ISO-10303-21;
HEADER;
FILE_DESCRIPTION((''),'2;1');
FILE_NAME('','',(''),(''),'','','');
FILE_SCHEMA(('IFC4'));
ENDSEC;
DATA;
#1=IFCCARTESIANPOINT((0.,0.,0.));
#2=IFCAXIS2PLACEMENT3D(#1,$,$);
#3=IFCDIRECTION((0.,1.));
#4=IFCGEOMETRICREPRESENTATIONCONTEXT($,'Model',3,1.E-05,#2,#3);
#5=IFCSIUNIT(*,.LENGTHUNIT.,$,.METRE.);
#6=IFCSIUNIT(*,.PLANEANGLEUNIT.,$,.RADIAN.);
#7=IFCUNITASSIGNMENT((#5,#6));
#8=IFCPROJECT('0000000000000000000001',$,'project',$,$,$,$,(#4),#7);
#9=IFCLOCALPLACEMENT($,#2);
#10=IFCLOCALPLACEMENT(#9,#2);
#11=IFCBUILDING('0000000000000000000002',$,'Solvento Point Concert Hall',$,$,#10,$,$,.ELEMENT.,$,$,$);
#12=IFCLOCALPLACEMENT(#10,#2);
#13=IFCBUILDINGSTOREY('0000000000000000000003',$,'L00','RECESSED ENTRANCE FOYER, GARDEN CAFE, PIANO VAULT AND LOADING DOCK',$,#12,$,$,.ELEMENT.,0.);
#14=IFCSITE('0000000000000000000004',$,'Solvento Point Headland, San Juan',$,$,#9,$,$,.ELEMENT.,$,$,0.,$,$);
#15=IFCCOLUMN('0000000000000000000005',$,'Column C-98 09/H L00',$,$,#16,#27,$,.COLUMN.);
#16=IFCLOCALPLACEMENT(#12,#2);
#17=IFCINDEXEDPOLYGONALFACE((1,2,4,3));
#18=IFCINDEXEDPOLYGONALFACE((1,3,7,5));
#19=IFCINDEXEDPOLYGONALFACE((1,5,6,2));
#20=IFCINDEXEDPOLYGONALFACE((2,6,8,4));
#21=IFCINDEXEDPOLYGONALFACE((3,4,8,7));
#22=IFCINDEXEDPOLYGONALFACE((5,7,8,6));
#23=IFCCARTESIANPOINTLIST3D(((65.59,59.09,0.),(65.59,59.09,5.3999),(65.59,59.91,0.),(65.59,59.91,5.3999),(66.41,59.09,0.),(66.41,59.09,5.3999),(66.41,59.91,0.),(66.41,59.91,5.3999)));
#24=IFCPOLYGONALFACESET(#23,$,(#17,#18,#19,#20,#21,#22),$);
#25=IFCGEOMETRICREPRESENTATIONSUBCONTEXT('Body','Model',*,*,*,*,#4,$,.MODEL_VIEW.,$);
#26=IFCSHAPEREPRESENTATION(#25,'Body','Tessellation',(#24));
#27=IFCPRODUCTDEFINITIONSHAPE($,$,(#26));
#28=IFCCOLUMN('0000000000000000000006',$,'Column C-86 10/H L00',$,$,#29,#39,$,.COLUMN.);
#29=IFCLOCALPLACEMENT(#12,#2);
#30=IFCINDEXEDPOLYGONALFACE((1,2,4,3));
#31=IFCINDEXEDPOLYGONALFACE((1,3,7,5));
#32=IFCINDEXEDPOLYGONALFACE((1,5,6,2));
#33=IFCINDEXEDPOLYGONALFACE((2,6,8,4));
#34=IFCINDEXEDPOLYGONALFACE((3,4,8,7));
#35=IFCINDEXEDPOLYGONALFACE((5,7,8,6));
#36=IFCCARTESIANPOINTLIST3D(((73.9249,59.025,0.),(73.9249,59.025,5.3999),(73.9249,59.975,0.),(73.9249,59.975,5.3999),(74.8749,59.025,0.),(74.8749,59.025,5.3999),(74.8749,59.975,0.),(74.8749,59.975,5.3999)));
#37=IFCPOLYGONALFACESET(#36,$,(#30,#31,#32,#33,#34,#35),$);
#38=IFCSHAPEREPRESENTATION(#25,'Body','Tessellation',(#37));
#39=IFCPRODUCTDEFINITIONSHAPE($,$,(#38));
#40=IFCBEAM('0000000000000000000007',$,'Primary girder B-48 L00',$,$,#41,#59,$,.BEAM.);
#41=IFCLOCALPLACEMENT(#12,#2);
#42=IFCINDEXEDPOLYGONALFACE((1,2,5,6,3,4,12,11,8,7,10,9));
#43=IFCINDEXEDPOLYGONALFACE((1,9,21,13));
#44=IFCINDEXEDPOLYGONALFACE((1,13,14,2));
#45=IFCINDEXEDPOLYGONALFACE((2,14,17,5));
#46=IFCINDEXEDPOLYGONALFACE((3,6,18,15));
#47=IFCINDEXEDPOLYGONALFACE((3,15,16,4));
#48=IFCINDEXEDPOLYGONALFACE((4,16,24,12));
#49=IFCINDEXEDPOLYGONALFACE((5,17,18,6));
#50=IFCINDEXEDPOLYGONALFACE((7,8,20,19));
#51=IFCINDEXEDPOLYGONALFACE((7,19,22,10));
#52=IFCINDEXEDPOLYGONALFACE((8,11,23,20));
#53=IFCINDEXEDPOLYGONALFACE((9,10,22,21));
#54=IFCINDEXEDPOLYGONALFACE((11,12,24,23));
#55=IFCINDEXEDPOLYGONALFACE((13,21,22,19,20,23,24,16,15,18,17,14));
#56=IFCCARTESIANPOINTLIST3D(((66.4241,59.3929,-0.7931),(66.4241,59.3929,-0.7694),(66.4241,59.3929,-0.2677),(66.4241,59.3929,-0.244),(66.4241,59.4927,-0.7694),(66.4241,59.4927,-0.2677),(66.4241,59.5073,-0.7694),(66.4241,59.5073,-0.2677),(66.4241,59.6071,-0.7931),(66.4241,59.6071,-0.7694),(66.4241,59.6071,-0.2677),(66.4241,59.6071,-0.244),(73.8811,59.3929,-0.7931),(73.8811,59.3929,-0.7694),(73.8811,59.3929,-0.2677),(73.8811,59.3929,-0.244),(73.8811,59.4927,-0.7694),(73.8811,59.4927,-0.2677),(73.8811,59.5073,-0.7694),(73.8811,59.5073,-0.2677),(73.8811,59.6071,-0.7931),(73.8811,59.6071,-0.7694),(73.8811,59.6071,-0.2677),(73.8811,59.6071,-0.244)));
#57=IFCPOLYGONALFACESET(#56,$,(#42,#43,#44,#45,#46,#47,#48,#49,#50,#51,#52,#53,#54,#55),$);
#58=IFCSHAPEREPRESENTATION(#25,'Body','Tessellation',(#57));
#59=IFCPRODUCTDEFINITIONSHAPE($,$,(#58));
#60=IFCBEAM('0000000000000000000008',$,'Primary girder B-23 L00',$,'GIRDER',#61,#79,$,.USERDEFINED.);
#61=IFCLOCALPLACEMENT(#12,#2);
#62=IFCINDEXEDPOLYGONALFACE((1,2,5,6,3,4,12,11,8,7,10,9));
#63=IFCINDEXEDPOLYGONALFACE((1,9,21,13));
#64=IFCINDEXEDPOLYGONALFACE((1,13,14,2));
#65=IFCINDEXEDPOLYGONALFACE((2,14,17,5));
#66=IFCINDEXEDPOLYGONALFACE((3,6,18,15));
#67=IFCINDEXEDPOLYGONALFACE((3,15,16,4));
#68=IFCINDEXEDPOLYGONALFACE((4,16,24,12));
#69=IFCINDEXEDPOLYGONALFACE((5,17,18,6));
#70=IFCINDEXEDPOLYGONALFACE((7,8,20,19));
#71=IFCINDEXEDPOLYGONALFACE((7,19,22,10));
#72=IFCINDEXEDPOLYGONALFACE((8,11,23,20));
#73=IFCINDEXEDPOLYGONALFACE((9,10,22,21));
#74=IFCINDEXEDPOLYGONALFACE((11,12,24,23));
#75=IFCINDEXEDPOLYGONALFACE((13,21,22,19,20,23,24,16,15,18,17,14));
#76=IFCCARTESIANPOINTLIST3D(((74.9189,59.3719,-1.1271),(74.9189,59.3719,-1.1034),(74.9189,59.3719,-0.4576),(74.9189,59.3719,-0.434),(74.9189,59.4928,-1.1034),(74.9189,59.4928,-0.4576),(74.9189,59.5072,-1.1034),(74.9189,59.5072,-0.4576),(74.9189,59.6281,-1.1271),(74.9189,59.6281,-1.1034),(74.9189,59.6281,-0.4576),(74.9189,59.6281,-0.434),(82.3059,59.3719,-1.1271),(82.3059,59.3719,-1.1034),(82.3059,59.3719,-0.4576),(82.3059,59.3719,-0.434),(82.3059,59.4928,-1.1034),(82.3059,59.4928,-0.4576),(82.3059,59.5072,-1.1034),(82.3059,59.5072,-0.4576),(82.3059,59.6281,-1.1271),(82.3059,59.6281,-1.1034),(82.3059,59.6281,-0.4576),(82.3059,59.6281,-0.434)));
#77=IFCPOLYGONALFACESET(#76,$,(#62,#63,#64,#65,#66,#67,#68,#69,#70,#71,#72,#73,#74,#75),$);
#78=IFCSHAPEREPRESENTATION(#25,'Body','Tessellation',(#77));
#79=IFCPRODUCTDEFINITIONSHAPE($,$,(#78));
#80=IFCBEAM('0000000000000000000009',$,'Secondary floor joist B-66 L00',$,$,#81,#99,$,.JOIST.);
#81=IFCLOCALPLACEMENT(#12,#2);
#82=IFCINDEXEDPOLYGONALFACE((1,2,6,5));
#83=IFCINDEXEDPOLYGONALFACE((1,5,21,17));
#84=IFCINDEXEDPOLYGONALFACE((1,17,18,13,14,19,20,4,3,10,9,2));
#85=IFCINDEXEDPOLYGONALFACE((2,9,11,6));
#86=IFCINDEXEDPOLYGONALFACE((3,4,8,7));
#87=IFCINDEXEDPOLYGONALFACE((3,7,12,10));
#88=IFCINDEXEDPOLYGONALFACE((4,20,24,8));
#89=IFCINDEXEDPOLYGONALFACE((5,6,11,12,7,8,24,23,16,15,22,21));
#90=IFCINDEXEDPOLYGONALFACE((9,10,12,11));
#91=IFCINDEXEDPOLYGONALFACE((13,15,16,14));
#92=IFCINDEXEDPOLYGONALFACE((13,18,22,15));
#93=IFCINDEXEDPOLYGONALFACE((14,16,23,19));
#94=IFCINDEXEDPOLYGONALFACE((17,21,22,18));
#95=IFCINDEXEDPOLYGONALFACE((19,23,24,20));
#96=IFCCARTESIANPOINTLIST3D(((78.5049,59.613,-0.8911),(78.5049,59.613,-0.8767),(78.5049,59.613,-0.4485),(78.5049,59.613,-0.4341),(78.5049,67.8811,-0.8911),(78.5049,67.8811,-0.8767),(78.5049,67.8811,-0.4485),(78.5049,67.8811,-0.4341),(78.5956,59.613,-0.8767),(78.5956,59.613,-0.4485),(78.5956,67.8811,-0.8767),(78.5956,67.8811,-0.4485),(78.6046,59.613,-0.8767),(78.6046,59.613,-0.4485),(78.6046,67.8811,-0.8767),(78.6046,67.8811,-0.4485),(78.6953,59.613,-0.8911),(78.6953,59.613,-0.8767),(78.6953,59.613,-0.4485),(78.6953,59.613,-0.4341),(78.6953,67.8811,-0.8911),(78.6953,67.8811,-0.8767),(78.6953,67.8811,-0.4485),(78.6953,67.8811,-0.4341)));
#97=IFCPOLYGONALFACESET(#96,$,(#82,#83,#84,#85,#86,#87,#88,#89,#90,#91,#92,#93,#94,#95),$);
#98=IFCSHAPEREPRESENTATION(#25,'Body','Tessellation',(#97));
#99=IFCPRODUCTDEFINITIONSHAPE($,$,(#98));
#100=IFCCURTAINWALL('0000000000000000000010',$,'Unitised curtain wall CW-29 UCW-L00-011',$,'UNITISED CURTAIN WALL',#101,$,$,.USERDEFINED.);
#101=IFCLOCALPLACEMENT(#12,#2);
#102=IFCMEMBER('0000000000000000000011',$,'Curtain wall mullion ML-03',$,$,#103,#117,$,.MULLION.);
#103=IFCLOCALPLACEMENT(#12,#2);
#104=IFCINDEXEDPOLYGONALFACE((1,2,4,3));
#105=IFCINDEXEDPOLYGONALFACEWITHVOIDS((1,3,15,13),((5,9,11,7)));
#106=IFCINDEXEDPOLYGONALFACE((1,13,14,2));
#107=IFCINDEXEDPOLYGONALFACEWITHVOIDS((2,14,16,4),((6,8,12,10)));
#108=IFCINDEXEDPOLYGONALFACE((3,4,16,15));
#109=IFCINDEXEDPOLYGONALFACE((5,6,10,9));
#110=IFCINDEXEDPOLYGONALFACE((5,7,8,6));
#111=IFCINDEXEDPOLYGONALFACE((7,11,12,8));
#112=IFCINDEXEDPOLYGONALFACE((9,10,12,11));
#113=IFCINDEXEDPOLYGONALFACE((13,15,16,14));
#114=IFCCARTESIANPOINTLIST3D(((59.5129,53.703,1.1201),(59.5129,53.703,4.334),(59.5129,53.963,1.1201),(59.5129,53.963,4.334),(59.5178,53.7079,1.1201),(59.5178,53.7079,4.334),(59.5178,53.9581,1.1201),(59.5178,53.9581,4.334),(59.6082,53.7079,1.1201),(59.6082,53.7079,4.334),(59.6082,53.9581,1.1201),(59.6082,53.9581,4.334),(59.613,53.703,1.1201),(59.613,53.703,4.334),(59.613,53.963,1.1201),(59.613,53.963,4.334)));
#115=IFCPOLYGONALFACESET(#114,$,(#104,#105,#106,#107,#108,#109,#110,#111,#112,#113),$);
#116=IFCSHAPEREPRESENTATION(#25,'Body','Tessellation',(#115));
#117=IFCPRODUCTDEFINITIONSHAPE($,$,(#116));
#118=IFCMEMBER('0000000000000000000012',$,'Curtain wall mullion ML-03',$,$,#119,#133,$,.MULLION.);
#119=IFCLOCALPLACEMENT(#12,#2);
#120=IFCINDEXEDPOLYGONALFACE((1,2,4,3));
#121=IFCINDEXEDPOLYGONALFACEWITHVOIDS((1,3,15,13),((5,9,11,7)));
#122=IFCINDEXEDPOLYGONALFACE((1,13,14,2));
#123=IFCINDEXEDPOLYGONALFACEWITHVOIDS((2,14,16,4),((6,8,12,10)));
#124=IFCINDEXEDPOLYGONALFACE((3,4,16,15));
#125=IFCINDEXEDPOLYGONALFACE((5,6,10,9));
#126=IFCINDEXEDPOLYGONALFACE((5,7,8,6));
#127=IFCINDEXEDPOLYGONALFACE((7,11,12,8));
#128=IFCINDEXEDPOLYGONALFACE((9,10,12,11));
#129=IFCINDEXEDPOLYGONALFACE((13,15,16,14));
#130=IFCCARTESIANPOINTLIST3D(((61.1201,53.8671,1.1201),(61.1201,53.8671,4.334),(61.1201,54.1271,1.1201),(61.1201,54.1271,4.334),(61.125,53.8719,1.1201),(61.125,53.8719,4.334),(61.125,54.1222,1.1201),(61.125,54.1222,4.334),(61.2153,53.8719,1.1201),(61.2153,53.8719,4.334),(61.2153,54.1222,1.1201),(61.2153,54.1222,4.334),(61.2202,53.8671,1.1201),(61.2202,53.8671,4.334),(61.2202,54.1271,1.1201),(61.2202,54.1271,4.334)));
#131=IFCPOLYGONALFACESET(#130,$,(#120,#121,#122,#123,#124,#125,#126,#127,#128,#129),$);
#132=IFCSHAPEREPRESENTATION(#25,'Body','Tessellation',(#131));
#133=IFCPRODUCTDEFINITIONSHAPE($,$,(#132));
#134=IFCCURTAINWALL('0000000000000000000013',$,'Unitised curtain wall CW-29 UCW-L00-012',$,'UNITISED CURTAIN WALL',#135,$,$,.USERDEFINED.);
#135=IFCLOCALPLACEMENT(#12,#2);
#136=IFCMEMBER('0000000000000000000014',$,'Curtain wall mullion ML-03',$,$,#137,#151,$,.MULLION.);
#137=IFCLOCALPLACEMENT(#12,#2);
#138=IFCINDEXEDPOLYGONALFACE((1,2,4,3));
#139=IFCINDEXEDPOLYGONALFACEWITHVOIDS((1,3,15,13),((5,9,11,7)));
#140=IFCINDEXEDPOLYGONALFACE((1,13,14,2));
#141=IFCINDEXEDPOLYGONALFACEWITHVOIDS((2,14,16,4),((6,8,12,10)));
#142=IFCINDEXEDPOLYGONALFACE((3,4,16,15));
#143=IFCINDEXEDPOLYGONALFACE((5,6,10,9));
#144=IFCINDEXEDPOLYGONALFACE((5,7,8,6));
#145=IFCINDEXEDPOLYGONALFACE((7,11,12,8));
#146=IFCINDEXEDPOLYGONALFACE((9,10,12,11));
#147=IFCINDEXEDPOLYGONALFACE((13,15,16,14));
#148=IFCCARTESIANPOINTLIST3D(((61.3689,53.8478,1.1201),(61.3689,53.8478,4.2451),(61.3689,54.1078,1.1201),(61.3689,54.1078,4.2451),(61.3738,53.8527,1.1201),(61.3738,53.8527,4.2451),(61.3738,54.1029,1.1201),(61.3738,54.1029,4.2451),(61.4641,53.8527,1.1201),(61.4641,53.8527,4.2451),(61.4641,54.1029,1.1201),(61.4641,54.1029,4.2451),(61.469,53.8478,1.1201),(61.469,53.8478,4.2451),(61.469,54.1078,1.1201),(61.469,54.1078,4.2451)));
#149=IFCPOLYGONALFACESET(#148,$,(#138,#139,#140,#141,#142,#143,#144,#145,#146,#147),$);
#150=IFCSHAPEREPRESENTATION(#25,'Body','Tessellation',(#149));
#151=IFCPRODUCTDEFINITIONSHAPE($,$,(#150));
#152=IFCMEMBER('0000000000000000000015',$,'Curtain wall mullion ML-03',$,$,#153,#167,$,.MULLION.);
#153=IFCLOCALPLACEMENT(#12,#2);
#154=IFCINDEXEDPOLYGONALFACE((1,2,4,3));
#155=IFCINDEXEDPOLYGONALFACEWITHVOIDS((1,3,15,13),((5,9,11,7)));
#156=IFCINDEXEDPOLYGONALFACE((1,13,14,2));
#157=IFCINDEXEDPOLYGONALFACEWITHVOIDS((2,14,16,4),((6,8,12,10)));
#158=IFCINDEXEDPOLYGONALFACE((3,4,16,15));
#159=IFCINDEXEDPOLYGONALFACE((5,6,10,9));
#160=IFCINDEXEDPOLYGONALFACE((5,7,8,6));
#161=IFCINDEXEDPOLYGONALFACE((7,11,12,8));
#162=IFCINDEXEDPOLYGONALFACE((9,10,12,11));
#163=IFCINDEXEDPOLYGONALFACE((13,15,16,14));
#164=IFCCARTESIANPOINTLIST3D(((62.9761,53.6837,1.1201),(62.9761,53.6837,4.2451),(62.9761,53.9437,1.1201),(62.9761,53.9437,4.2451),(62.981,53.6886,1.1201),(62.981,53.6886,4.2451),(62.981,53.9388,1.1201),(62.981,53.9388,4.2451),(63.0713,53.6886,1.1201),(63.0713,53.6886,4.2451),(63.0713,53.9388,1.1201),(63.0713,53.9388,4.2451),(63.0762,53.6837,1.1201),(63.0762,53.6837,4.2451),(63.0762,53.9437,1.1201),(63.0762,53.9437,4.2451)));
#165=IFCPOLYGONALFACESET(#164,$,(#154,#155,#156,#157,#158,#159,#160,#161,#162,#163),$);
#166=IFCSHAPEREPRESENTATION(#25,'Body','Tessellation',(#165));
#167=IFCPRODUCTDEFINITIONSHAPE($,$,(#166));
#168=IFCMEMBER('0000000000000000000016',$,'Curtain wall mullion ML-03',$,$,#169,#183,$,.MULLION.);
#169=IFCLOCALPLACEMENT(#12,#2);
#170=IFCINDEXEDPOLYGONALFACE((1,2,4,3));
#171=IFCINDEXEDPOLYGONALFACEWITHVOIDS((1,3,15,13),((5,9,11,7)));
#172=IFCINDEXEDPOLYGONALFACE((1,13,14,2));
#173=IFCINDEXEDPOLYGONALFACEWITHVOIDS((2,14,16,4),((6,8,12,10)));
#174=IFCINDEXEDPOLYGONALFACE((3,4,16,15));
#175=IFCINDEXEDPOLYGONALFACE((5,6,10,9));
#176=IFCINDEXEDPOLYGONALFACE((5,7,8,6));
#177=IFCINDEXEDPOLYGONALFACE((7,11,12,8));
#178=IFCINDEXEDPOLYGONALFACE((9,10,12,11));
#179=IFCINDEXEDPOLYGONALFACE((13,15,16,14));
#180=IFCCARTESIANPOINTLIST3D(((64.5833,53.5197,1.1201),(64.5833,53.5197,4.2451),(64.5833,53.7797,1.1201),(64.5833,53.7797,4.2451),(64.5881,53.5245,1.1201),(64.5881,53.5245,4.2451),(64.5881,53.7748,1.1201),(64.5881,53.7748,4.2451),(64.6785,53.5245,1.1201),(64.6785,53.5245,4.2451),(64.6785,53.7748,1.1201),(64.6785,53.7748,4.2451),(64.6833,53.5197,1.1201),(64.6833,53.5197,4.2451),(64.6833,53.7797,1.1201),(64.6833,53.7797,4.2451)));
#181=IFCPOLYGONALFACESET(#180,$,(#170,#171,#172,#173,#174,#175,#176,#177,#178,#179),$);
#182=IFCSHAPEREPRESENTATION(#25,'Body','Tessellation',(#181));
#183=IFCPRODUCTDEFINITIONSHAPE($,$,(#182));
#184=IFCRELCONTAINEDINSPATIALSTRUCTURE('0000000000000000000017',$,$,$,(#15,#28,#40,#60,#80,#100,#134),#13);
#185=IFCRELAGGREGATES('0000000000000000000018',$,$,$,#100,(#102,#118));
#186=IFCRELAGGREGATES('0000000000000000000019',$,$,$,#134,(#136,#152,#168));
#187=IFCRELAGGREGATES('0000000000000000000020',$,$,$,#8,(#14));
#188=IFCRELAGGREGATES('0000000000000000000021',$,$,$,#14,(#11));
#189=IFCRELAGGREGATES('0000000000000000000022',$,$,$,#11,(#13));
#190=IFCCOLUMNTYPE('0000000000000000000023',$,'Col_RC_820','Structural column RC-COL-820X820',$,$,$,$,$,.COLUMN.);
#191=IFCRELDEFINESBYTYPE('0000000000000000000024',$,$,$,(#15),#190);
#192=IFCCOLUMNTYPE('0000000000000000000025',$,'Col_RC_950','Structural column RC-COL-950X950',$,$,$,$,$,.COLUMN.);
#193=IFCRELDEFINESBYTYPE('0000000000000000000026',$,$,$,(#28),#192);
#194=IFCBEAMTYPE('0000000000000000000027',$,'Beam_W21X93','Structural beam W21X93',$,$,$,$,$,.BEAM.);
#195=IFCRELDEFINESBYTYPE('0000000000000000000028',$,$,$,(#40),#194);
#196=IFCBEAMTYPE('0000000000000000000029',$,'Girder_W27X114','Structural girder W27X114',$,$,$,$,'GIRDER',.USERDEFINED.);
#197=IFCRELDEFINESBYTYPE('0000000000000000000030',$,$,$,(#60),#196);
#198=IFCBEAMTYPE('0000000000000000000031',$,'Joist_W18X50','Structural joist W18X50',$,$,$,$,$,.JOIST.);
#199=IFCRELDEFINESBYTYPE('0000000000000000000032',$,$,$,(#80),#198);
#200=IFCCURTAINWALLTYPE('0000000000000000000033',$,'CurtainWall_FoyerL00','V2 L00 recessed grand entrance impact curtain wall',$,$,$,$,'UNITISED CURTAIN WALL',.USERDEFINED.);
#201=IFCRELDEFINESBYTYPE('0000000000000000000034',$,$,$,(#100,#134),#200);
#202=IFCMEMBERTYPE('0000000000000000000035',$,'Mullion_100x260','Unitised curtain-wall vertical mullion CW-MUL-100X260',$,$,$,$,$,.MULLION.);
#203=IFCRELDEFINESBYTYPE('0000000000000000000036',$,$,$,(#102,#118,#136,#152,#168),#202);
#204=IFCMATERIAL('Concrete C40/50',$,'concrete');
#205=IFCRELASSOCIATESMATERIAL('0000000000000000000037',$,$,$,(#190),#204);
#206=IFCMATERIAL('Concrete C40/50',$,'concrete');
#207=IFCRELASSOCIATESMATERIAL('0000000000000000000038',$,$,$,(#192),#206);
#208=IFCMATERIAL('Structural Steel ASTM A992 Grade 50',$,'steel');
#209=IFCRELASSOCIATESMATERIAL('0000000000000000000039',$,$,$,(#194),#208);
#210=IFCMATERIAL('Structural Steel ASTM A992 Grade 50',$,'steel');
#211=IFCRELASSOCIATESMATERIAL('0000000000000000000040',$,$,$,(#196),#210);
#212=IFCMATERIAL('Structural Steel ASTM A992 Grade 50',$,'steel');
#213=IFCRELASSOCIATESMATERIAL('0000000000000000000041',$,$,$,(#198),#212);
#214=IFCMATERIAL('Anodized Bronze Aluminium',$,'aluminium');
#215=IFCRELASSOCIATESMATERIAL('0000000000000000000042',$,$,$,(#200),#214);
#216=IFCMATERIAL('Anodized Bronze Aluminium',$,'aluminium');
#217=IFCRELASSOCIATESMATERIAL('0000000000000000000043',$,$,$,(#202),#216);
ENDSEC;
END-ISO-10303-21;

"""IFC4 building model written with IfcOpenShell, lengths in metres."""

from ifc_helpers import new_model, si_unit, direction, frame, origin, origin_2d, place, context, subcontext, project, spatial, rectangle, hollow_rectangle, i_section, extrude, material, material_profile, profile_set, type_object, element, aggregate, save


model = new_model("IFC4")

# Units and contexts
model_context = context("Model", 3, precision=1e-05, world=origin(), true_north=direction((0.0, 1.0)))
body_context = subcontext(model_context, "Body", "Model", "MODEL_VIEW")
ifc_project = project(units=[si_unit("LENGTHUNIT", "METRE"), si_unit("PLANEANGLEUNIT", "RADIAN")], contexts=[model_context])

# Site, building, storey
site_placement = place(None, origin())
site = spatial("IfcSite", under=ifc_project, at=site_placement, Name="Solvento Point Headland, San Juan", CompositionType="ELEMENT", RefElevation=0.0)
building_placement = place(site_placement, origin())
building = spatial("IfcBuilding", under=site, at=building_placement, Name="Solvento Point Concert Hall", CompositionType="ELEMENT")
storey_placement = place(building_placement, origin())
storey = spatial("IfcBuildingStorey", under=building, at=storey_placement, Name="L00", Description="RECESSED ENTRANCE FOYER, GARDEN CAFE, PIANO VAULT AND LOADING DOCK", CompositionType="ELEMENT", Elevation=0.0)

# Columns
ifc_material_1 = material(Name="Concrete C40/50", Category="concrete")
ifc_material_profile_1 = material_profile(ifc_material_1, rectangle(XDim=0.8201, YDim=0.8201, at=origin_2d()), Name="RC-COL-820X820")
ifc_profile_set_1 = profile_set([ifc_material_profile_1], Name="Concrete C40/50")
column_type_1 = type_object("IfcColumnType", Name="Col_RC_820", Description="Structural column RC-COL-820X820", PredefinedType="COLUMN", material=ifc_profile_set_1)
column_1_placement = place(storey_placement, frame((66.0, 59.5, 0.0), z_axis=(0.0, 0.0, 1.0), x_axis=(1.0, 0.0, 0.0)))
element("IfcColumn", 1, at=column_1_placement, inside=storey, type_object=column_type_1, Name="Column C-98 09/H L00", PredefinedType="COLUMN", context=body_context, shape_type="SweptSolid", body=[
    extrude(rectangle(XDim=0.8201, YDim=0.8201, at=origin_2d()), origin(), (0.0, 0.0, 1.0), 5.3999),
])
ifc_material_2 = material(Name="Concrete C40/50", Category="concrete")
ifc_material_profile_2 = material_profile(ifc_material_2, rectangle(XDim=0.95, YDim=0.95, at=origin_2d()), Name="RC-COL-950X950")
ifc_profile_set_2 = profile_set([ifc_material_profile_2], Name="Concrete C40/50")
column_type_2 = type_object("IfcColumnType", Name="Col_RC_950", Description="Structural column RC-COL-950X950", PredefinedType="COLUMN", material=ifc_profile_set_2)
column_2_placement = place(storey_placement, frame((74.3999, 59.5, 0.0), z_axis=(0.0, 0.0, 1.0), x_axis=(1.0, 0.0, 0.0)))
element("IfcColumn", 2, at=column_2_placement, inside=storey, type_object=column_type_2, Name="Column C-86 10/H L00", PredefinedType="COLUMN", context=body_context, shape_type="SweptSolid", body=[
    extrude(rectangle(XDim=0.95, YDim=0.95, at=origin_2d()), origin(), (0.0, 0.0, 1.0), 5.3999),
])

# Beams
ifc_material_3 = material(Name="Structural Steel ASTM A992 Grade 50", Category="steel")
ifc_material_profile_3 = material_profile(ifc_material_3, i_section(OverallWidth=0.2141, OverallDepth=0.5491, WebThickness=0.0146, FlangeThickness=0.0237, at=origin_2d()), Name="W21X93")
ifc_profile_set_3 = profile_set([ifc_material_profile_3], Name="Structural Steel ASTM A992 Grade 50")
beam_type_1 = type_object("IfcBeamType", Name="Beam_W21X93", Description="Structural beam W21X93", PredefinedType="BEAM", material=ifc_profile_set_3)
beam_1_placement = place(storey_placement, frame((66.4241, 59.5, -0.5186), z_axis=(1.0, 0.0, 0.0), x_axis=(0.0, 1.0, 0.0)))
element("IfcBeam", 3, at=beam_1_placement, inside=storey, type_object=beam_type_1, Name="Primary girder B-48 L00", PredefinedType="BEAM", context=body_context, shape_type="SweptSolid", body=[
    extrude(i_section(OverallWidth=0.2141, OverallDepth=0.5491, WebThickness=0.0146, FlangeThickness=0.0237, at=origin_2d()), origin(), (0.0, 0.0, 1.0), 7.457),
])
ifc_material_4 = material(Name="Structural Steel ASTM A992 Grade 50", Category="steel")
ifc_material_profile_4 = material_profile(ifc_material_4, i_section(OverallWidth=0.2561, OverallDepth=0.6931, WebThickness=0.0144, FlangeThickness=0.0237, at=origin_2d()), Name="W27X114")
ifc_profile_set_4 = profile_set([ifc_material_profile_4], Name="Structural Steel ASTM A992 Grade 50")
beam_type_2 = type_object("IfcBeamType", Name="Girder_W27X114", Description="Structural girder W27X114", ElementType="GIRDER", PredefinedType="USERDEFINED", material=ifc_profile_set_4)
beam_2_placement = place(storey_placement, frame((74.9189, 59.5, -0.7805), z_axis=(1.0, 0.0, 0.0), x_axis=(0.0, 1.0, 0.0)))
element("IfcBeam", 4, at=beam_2_placement, inside=storey, type_object=beam_type_2, Name="Primary girder B-23 L00", ObjectType="GIRDER", PredefinedType="USERDEFINED", context=body_context, shape_type="SweptSolid", body=[
    extrude(i_section(OverallWidth=0.2561, OverallDepth=0.6931, WebThickness=0.0144, FlangeThickness=0.0237, at=origin_2d()), origin(), (0.0, 0.0, 1.0), 7.387),
])
ifc_material_5 = material(Name="Structural Steel ASTM A992 Grade 50", Category="steel")
ifc_material_profile_5 = material_profile(ifc_material_5, i_section(OverallWidth=0.1904, OverallDepth=0.457, WebThickness=0.009, FlangeThickness=0.0144, at=origin_2d()), Name="W18X50")
ifc_profile_set_5 = profile_set([ifc_material_profile_5], Name="Structural Steel ASTM A992 Grade 50")
beam_type_3 = type_object("IfcBeamType", Name="Joist_W18X50", Description="Structural joist W18X50", PredefinedType="JOIST", material=ifc_profile_set_5)
beam_3_placement = place(storey_placement, frame((78.6001, 59.613, -0.6626), z_axis=(0.0, 1.0, 0.0), x_axis=(-1.0, 0.0, 0.0)))
element("IfcBeam", 5, at=beam_3_placement, inside=storey, type_object=beam_type_3, Name="Secondary floor joist B-66 L00", PredefinedType="JOIST", context=body_context, shape_type="SweptSolid", body=[
    extrude(i_section(OverallWidth=0.1904, OverallDepth=0.457, WebThickness=0.009, FlangeThickness=0.0144, at=origin_2d()), origin(), (0.0, 0.0, 1.0), 8.2681),
])

# Curtain walls, members
ifc_material_6 = material(Name="Anodized Bronze Aluminium", Category="aluminium")
curtain_wall_type = type_object("IfcCurtainWallType", Name="CurtainWall_FoyerL00", Description="V2 L00 recessed grand entrance impact curtain wall", ElementType="UNITISED CURTAIN WALL", PredefinedType="USERDEFINED", material=ifc_material_6)
curtain_wall_1_placement = place(storey_placement, origin())
curtain_wall_1 = element("IfcCurtainWall", 6, at=curtain_wall_1_placement, inside=storey, type_object=curtain_wall_type, Name="Unitised curtain wall CW-29 UCW-L00-011", ObjectType="UNITISED CURTAIN WALL", PredefinedType="USERDEFINED")
ifc_material_7 = material(Name="Anodized Bronze Aluminium", Category="aluminium")
ifc_material_profile_6 = material_profile(ifc_material_7, hollow_rectangle(XDim=0.1001, YDim=0.26, WallThickness=0.0049, at=origin_2d()), Name="CW-MUL-100X260")
ifc_profile_set_6 = profile_set([ifc_material_profile_6], Name="Anodized Bronze Aluminium")
member_type_1 = type_object("IfcMemberType", Name="Mullion_100x260", Description="Unitised curtain-wall vertical mullion CW-MUL-100X260", PredefinedType="MULLION", material=ifc_profile_set_6)
member_1_placement = place(storey_placement, frame((59.563, 53.833, 1.1201), z_axis=(0.0, 0.0, 1.0), x_axis=(1.0, 0.0, 0.0)))
member_1 = element("IfcMember", 7, at=member_1_placement, type_object=member_type_1, Name="Curtain wall mullion ML-03", PredefinedType="MULLION", context=body_context, shape_type="SweptSolid", body=[
    extrude(hollow_rectangle(XDim=0.1001, YDim=0.26, WallThickness=0.0049, at=origin_2d()), origin(), (0.0, 0.0, 1.0), 3.2139),
])
member_2_placement = place(storey_placement, frame((61.1702, 53.9971, 1.1201), z_axis=(0.0, 0.0, 1.0), x_axis=(1.0, 0.0, 0.0)))
member_2 = element("IfcMember", 8, at=member_2_placement, type_object=member_type_1, Name="Curtain wall mullion ML-03", PredefinedType="MULLION", context=body_context, shape_type="SweptSolid", body=[
    extrude(hollow_rectangle(XDim=0.1001, YDim=0.26, WallThickness=0.0049, at=origin_2d()), origin(), (0.0, 0.0, 1.0), 3.2139),
])
curtain_wall_2_placement = place(storey_placement, origin())
curtain_wall_2 = element("IfcCurtainWall", 9, at=curtain_wall_2_placement, inside=storey, type_object=curtain_wall_type, Name="Unitised curtain wall CW-29 UCW-L00-012", ObjectType="UNITISED CURTAIN WALL", PredefinedType="USERDEFINED")
member_3_placement = place(storey_placement, frame((61.4189, 53.9778, 1.1201), z_axis=(0.0, 0.0, 1.0), x_axis=(1.0, 0.0, 0.0)))
member_3 = element("IfcMember", 10, at=member_3_placement, type_object=member_type_1, Name="Curtain wall mullion ML-03", PredefinedType="MULLION", context=body_context, shape_type="SweptSolid", body=[
    extrude(hollow_rectangle(XDim=0.1001, YDim=0.26, WallThickness=0.0049, at=origin_2d()), origin(), (0.0, 0.0, 1.0), 3.125),
])
member_4_placement = place(storey_placement, frame((63.0261, 53.8137, 1.1201), z_axis=(0.0, 0.0, 1.0), x_axis=(1.0, 0.0, 0.0)))
member_4 = element("IfcMember", 11, at=member_4_placement, type_object=member_type_1, Name="Curtain wall mullion ML-03", PredefinedType="MULLION", context=body_context, shape_type="SweptSolid", body=[
    extrude(hollow_rectangle(XDim=0.1001, YDim=0.26, WallThickness=0.0049, at=origin_2d()), origin(), (0.0, 0.0, 1.0), 3.125),
])
member_5_placement = place(storey_placement, frame((64.6333, 53.6497, 1.1201), z_axis=(0.0, 0.0, 1.0), x_axis=(1.0, 0.0, 0.0)))
member_5 = element("IfcMember", 12, at=member_5_placement, type_object=member_type_1, Name="Curtain wall mullion ML-03", PredefinedType="MULLION", context=body_context, shape_type="SweptSolid", body=[
    extrude(hollow_rectangle(XDim=0.1001, YDim=0.26, WallThickness=0.0049, at=origin_2d()), origin(), (0.0, 0.0, 1.0), 3.125),
])

aggregate(curtain_wall_1, [member_1, member_2])
aggregate(curtain_wall_2, [member_3, member_4, member_5])

save(model, "model.ifc")
